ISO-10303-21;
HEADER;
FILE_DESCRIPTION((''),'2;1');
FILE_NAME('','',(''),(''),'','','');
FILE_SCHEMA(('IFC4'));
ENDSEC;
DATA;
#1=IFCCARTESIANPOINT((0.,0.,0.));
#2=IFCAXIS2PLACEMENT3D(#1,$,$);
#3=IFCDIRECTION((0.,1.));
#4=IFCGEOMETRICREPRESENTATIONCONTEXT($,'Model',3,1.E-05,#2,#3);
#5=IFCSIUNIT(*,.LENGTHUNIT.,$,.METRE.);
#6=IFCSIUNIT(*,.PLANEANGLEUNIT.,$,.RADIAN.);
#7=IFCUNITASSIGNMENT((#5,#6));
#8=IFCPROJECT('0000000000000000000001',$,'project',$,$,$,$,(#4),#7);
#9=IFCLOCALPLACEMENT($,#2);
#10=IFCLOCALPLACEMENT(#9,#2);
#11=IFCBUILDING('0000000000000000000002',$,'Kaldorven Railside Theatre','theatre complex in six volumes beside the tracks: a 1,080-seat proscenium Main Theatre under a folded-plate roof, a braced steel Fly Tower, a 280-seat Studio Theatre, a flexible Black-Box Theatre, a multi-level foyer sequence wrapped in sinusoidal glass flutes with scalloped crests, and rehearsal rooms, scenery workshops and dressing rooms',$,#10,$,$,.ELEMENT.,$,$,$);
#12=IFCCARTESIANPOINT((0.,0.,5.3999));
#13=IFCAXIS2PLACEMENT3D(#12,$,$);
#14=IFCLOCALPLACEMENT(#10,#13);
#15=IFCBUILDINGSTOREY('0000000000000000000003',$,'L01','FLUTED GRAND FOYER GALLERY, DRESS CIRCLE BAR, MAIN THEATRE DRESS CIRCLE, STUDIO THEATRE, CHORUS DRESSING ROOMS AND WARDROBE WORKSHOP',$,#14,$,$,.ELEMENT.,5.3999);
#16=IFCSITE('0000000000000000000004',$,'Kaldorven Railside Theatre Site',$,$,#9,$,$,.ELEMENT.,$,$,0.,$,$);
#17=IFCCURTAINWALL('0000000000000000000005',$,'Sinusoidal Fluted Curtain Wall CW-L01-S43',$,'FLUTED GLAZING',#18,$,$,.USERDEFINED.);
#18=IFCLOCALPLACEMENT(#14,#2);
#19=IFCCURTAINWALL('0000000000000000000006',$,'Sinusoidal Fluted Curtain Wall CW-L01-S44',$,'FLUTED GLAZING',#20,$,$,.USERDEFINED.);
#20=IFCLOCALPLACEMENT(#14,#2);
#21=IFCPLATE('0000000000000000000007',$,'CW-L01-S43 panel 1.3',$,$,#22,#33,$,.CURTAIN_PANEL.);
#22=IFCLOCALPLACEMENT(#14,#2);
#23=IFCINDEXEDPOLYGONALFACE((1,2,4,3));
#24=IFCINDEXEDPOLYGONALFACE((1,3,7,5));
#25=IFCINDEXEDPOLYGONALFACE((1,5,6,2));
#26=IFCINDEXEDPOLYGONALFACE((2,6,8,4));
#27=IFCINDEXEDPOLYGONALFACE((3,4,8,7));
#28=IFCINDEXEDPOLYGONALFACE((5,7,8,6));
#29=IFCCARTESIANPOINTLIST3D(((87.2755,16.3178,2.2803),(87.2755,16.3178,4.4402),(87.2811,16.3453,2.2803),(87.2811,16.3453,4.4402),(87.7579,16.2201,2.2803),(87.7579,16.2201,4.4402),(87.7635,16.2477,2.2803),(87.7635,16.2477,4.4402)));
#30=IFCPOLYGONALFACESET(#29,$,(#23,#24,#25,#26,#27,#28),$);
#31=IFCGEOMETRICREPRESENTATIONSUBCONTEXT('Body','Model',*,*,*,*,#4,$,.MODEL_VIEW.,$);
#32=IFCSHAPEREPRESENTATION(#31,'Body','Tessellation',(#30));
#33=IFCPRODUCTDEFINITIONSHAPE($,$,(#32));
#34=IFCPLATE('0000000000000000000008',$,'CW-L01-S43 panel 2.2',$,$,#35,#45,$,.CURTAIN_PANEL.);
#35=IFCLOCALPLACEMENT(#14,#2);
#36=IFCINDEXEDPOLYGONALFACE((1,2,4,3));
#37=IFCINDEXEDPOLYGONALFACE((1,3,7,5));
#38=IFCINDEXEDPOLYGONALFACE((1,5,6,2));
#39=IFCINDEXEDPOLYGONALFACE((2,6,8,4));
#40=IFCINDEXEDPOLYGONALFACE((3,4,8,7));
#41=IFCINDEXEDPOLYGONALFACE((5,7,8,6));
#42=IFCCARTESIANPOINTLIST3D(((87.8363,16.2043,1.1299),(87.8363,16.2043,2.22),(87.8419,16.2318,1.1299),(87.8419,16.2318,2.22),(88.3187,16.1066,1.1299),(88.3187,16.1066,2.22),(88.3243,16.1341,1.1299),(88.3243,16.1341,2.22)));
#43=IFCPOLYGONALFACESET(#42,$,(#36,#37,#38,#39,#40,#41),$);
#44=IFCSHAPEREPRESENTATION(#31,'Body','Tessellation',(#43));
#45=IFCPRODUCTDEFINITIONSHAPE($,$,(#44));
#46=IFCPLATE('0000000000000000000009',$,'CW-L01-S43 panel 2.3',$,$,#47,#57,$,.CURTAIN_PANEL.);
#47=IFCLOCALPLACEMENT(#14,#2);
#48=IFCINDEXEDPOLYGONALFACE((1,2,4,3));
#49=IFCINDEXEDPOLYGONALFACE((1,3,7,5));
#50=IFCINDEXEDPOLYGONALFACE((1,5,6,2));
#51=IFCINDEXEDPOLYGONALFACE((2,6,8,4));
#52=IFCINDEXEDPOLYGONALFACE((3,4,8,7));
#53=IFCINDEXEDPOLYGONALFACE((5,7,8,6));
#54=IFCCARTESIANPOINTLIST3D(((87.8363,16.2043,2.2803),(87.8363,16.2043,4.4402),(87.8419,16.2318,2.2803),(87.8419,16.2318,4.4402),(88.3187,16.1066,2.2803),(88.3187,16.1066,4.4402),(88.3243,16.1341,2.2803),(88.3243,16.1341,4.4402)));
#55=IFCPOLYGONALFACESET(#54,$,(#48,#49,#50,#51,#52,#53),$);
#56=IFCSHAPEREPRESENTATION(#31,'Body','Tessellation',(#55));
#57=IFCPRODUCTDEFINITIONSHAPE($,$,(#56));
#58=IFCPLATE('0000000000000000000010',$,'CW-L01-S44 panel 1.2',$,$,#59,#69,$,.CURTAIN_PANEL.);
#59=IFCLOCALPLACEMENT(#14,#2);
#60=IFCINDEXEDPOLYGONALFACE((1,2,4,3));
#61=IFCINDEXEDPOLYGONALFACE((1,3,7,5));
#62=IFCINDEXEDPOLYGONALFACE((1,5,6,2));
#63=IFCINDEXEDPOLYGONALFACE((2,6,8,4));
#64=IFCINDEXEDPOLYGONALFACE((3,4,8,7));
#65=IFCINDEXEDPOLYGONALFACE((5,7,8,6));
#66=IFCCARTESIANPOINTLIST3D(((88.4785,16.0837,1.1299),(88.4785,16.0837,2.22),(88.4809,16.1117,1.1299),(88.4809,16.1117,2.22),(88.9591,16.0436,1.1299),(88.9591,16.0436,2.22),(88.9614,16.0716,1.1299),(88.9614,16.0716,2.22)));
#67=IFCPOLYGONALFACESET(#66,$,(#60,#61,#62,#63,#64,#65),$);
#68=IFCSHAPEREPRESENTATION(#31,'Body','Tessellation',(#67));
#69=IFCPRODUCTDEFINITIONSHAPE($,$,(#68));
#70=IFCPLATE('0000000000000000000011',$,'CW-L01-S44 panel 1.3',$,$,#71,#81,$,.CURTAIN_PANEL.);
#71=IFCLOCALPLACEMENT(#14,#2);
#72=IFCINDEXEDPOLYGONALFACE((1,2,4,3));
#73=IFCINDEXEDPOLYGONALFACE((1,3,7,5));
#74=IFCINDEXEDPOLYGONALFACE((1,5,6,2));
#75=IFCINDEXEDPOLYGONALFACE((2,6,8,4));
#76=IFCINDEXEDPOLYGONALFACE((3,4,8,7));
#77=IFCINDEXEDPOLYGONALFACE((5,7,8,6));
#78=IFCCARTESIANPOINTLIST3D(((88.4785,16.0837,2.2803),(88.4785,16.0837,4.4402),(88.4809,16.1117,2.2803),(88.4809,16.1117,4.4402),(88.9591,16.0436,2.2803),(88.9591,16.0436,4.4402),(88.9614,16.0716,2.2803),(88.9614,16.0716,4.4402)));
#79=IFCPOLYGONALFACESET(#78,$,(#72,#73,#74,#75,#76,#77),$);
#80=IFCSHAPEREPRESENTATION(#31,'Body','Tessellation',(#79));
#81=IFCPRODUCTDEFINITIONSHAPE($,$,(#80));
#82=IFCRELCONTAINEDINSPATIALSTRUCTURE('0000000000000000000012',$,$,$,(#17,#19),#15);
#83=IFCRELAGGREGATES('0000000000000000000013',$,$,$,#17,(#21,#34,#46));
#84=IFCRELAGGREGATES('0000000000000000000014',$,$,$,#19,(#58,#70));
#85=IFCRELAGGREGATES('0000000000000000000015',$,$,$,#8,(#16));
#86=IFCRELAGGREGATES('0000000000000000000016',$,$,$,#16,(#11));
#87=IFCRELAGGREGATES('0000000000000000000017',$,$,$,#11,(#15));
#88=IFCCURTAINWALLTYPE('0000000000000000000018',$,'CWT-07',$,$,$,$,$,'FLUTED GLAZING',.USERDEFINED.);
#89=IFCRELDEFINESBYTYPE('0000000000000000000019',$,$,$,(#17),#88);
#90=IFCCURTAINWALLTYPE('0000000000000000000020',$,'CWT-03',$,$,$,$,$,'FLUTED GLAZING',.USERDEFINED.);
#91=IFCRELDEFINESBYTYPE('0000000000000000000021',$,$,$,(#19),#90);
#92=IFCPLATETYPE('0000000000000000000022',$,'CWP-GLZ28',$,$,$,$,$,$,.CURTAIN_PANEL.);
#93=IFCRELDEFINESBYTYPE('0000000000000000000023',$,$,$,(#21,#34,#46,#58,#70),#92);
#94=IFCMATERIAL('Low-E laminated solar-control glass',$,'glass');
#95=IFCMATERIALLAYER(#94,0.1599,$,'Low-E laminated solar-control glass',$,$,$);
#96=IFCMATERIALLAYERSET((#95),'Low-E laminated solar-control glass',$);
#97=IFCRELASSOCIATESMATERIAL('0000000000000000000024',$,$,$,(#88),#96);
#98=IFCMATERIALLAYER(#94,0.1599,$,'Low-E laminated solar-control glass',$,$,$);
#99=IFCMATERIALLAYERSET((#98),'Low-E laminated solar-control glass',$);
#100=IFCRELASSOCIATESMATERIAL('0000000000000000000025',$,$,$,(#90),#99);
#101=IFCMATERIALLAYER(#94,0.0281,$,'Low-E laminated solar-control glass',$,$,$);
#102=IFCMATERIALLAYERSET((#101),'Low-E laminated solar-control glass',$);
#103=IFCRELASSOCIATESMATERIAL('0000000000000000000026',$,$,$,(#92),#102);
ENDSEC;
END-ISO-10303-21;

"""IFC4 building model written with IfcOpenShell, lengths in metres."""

from ifc_helpers import new_model, si_unit, direction, frame, origin, origin_2d, place, context, subcontext, project, spatial, rectangle, extrude, material, layer, layer_set, type_object, element, aggregate, save


model = new_model("IFC4")

# Units and contexts
model_context = context("Model", 3, precision=1e-05, world=origin(), true_north=direction((0.0, 1.0)))
body_context = subcontext(model_context, "Body", "Model", "MODEL_VIEW")
ifc_project = project(units=[si_unit("LENGTHUNIT", "METRE"), si_unit("PLANEANGLEUNIT", "RADIAN")], contexts=[model_context])

# Site, building, storey
site_placement = place(None, origin())
site = spatial("IfcSite", under=ifc_project, at=site_placement, Name="Kaldorven Railside Theatre Site", CompositionType="ELEMENT", RefElevation=0.0)
building_placement = place(site_placement, origin())
building = spatial("IfcBuilding", under=site, at=building_placement, Name="Kaldorven Railside Theatre", Description="theatre complex in six volumes beside the tracks: a 1,080-seat proscenium Main Theatre under a folded-plate roof, a braced steel Fly Tower, a 280-seat Studio Theatre, a flexible Black-Box Theatre, a multi-level foyer sequence wrapped in sinusoidal glass flutes with scalloped crests, and rehearsal rooms, scenery workshops and dressing rooms", CompositionType="ELEMENT")
storey_placement = place(building_placement, frame((0.0, 0.0, 5.3999)))
storey = spatial("IfcBuildingStorey", under=building, at=storey_placement, Name="L01", Description="FLUTED GRAND FOYER GALLERY, DRESS CIRCLE BAR, MAIN THEATRE DRESS CIRCLE, STUDIO THEATRE, CHORUS DRESSING ROOMS AND WARDROBE WORKSHOP", CompositionType="ELEMENT", Elevation=5.3999)

# Curtain walls
ifc_material_1 = material(Name="Low-E laminated solar-control glass", Category="glass")
ifc_layer_1 = layer(ifc_material_1, 0.1599, Name="Low-E laminated solar-control glass")
ifc_layer_set_1 = layer_set([ifc_layer_1], Name="Low-E laminated solar-control glass")
curtain_wall_type_1 = type_object("IfcCurtainWallType", Name="CWT-07", ElementType="FLUTED GLAZING", PredefinedType="USERDEFINED", material=ifc_layer_set_1)
curtain_wall_1_placement = place(storey_placement, origin())
curtain_wall_1 = element("IfcCurtainWall", 1, at=curtain_wall_1_placement, inside=storey, type_object=curtain_wall_type_1, Name="Sinusoidal Fluted Curtain Wall CW-L01-S43", ObjectType="FLUTED GLAZING", PredefinedType="USERDEFINED")
ifc_layer_2 = layer(ifc_material_1, 0.1599, Name="Low-E laminated solar-control glass")
ifc_layer_set_2 = layer_set([ifc_layer_2], Name="Low-E laminated solar-control glass")
curtain_wall_type_2 = type_object("IfcCurtainWallType", Name="CWT-03", ElementType="FLUTED GLAZING", PredefinedType="USERDEFINED", material=ifc_layer_set_2)
curtain_wall_2_placement = place(storey_placement, origin())
curtain_wall_2 = element("IfcCurtainWall", 2, at=curtain_wall_2_placement, inside=storey, type_object=curtain_wall_type_2, Name="Sinusoidal Fluted Curtain Wall CW-L01-S44", ObjectType="FLUTED GLAZING", PredefinedType="USERDEFINED")

# Shared definitions
ifc_layer_3 = layer(ifc_material_1, 0.0281, Name="Low-E laminated solar-control glass")
ifc_layer_set_3 = layer_set([ifc_layer_3], Name="Low-E laminated solar-control glass")
plate_type = type_object("IfcPlateType", Name="CWP-GLZ28", PredefinedType="CURTAIN_PANEL", material=ifc_layer_set_3)

# Plates
plate_1_placement = place(storey_placement, frame((87.5195, 16.2827, 2.2803), z_axis=(0.0, 0.0, 1.0), x_axis=(0.980123, -0.198393, 0.0)))
plate_1 = element("IfcPlate", 3, at=plate_1_placement, type_object=plate_type, Name="CW-L01-S43 panel 1.3", PredefinedType="CURTAIN_PANEL", context=body_context, shape_type="SweptSolid", body=[
    extrude(rectangle(XDim=0.4922, YDim=0.0281, at=origin_2d()), origin(), (0.0, 0.0, 1.0), 2.1599),
])
plate_2_placement = place(storey_placement, frame((88.0803, 16.1692, 1.1299), z_axis=(0.0, 0.0, 1.0), x_axis=(0.980123, -0.198393, 0.0)))
plate_2 = element("IfcPlate", 4, at=plate_2_placement, type_object=plate_type, Name="CW-L01-S43 panel 2.2", PredefinedType="CURTAIN_PANEL", context=body_context, shape_type="SweptSolid", body=[
    extrude(rectangle(XDim=0.4922, YDim=0.0281, at=origin_2d()), origin(), (0.0, 0.0, 1.0), 1.0901),
])
plate_3_placement = place(storey_placement, frame((88.0803, 16.1692, 2.2803), z_axis=(0.0, 0.0, 1.0), x_axis=(0.980123, -0.198393, 0.0)))
plate_3 = element("IfcPlate", 5, at=plate_3_placement, type_object=plate_type, Name="CW-L01-S43 panel 2.3", PredefinedType="CURTAIN_PANEL", context=body_context, shape_type="SweptSolid", body=[
    extrude(rectangle(XDim=0.4922, YDim=0.0281, at=origin_2d()), origin(), (0.0, 0.0, 1.0), 2.1599),
])
aggregate(curtain_wall_1, [plate_1, plate_2, plate_3])
plate_4_placement = place(storey_placement, frame((88.72, 16.0776, 1.1299), z_axis=(0.0, 0.0, 1.0), x_axis=(0.996532, -0.08321, 0.0)))
plate_4 = element("IfcPlate", 6, at=plate_4_placement, type_object=plate_type, Name="CW-L01-S44 panel 1.2", PredefinedType="CURTAIN_PANEL", context=body_context, shape_type="SweptSolid", body=[
    extrude(rectangle(XDim=0.4822, YDim=0.0281, at=origin_2d()), origin(), (0.0, 0.0, 1.0), 1.0901),
])
plate_5_placement = place(storey_placement, frame((88.72, 16.0776, 2.2803), z_axis=(0.0, 0.0, 1.0), x_axis=(0.996532, -0.08321, 0.0)))
plate_5 = element("IfcPlate", 7, at=plate_5_placement, type_object=plate_type, Name="CW-L01-S44 panel 1.3", PredefinedType="CURTAIN_PANEL", context=body_context, shape_type="SweptSolid", body=[
    extrude(rectangle(XDim=0.4822, YDim=0.0281, at=origin_2d()), origin(), (0.0, 0.0, 1.0), 2.1599),
])
aggregate(curtain_wall_2, [plate_4, plate_5])

save(model, "model.ifc")
